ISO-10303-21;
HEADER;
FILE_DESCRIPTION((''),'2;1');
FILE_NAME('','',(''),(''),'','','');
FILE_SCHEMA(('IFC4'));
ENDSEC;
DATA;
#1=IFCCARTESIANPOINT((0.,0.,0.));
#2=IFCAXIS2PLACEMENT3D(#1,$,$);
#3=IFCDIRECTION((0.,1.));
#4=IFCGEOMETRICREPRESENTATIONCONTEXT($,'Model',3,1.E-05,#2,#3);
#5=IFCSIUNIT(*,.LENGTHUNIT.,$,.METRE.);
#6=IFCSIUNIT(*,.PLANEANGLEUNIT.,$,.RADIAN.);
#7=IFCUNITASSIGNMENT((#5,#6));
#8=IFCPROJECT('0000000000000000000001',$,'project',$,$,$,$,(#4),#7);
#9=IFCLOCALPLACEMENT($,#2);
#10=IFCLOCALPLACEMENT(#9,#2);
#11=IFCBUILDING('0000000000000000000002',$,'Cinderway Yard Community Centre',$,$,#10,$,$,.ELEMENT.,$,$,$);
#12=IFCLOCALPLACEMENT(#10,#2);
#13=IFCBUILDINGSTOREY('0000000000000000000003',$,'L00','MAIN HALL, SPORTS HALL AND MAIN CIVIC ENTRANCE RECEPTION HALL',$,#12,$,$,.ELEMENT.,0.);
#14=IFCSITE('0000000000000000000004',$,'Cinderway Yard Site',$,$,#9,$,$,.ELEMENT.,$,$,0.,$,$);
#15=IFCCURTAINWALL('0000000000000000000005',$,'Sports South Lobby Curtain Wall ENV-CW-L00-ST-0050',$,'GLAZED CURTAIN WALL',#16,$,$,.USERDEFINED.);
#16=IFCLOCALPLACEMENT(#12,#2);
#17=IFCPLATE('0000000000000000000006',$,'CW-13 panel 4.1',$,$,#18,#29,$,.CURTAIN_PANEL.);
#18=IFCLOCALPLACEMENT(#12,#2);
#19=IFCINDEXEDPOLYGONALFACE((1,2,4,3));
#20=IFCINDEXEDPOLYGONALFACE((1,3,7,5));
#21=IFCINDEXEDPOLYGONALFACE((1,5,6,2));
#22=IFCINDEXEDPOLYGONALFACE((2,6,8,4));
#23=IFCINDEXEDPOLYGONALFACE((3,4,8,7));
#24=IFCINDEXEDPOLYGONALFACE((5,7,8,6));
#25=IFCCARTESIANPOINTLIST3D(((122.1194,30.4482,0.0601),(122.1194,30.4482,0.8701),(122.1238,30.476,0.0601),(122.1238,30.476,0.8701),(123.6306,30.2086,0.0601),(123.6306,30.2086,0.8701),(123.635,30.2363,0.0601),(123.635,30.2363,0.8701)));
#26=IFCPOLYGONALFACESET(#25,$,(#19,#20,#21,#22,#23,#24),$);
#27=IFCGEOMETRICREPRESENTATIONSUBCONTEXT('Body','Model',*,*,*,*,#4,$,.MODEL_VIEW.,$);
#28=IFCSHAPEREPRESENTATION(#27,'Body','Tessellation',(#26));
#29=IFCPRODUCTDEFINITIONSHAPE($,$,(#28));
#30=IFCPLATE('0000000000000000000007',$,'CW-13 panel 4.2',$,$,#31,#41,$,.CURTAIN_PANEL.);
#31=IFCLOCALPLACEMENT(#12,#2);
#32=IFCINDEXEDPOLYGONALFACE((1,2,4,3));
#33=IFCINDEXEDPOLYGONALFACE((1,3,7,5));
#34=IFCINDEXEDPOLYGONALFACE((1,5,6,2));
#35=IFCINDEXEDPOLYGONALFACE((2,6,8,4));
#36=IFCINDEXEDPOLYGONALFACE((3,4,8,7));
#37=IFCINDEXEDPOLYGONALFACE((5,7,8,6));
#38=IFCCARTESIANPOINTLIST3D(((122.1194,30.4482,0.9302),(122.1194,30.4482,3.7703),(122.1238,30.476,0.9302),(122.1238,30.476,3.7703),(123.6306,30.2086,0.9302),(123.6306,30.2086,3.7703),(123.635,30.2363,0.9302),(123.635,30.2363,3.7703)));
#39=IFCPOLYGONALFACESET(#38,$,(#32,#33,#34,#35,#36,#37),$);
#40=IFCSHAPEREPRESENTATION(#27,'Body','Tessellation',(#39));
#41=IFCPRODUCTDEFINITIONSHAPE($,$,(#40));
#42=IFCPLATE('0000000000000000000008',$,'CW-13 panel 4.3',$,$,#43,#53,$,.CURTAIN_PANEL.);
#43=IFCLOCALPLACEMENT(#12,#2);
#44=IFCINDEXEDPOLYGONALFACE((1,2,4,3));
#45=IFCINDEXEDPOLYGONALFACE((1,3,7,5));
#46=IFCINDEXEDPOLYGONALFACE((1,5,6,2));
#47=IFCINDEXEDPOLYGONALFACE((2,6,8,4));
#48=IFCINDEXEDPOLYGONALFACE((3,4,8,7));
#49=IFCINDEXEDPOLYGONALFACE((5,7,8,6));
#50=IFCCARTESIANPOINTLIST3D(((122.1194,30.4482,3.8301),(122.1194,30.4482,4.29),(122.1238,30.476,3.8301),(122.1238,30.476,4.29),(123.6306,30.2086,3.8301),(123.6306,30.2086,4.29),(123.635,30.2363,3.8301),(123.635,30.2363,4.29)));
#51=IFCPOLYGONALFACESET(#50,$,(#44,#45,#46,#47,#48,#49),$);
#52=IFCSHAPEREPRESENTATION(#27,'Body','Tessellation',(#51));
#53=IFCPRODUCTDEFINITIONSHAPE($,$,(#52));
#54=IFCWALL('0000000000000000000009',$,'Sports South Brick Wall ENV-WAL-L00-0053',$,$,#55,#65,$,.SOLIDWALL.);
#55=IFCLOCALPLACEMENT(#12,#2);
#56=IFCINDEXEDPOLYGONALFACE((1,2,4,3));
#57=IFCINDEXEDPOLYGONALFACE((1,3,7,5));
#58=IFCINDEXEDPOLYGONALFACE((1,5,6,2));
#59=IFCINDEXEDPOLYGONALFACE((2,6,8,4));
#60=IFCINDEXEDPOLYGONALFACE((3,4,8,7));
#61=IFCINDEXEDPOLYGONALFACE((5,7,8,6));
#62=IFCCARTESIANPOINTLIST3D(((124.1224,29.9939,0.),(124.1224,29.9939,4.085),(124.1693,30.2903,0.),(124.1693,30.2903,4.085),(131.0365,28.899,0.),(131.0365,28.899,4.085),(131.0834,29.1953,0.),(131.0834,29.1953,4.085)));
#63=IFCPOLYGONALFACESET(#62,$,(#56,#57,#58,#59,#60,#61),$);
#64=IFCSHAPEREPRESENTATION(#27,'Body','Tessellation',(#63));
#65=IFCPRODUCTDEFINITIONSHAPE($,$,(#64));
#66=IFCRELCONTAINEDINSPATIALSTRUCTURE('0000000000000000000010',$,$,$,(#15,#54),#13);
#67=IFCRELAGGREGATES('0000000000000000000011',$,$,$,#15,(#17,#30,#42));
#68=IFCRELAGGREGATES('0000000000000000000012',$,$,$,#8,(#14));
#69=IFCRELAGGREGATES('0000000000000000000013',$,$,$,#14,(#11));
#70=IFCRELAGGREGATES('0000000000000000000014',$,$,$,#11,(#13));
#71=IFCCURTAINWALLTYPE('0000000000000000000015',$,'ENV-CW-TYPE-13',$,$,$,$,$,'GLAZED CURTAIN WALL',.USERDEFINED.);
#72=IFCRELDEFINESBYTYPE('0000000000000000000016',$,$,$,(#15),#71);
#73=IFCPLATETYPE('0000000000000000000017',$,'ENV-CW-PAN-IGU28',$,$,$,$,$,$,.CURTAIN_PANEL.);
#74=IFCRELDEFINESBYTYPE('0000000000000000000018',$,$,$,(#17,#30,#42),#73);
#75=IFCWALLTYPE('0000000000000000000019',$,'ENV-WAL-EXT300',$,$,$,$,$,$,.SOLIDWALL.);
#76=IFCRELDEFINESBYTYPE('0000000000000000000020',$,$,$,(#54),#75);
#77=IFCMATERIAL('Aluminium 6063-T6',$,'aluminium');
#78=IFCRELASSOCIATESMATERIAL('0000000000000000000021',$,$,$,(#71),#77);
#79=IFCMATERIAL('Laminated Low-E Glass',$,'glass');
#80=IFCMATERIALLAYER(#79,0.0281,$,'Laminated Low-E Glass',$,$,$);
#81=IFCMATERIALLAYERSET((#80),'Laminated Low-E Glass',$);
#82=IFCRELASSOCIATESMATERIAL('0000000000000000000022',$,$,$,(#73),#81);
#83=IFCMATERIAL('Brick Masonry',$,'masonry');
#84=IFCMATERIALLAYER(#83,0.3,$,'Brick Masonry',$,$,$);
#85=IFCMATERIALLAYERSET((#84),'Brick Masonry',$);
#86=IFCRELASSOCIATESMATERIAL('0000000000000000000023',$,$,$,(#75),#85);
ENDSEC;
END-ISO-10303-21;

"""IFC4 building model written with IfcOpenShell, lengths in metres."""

from ifc_helpers import new_model, si_unit, direction, frame, frame_2d, origin, origin_2d, place, context, subcontext, project, spatial, rectangle, extrude, material, layer, layer_set, type_object, element, aggregate, save


model = new_model("IFC4")

# Units and contexts
model_context = context("Model", 3, precision=1e-05, world=origin(), true_north=direction((0.0, 1.0)))
body_context = subcontext(model_context, "Body", "Model", "MODEL_VIEW")
ifc_project = project(units=[si_unit("LENGTHUNIT", "METRE"), si_unit("PLANEANGLEUNIT", "RADIAN")], contexts=[model_context])

# Site, building, storey
site_placement = place(None, origin())
site = spatial("IfcSite", under=ifc_project, at=site_placement, Name="Cinderway Yard Site", CompositionType="ELEMENT", RefElevation=0.0)
building_placement = place(site_placement, origin())
building = spatial("IfcBuilding", under=site, at=building_placement, Name="Cinderway Yard Community Centre", CompositionType="ELEMENT")
storey_placement = place(building_placement, origin())
storey = spatial("IfcBuildingStorey", under=building, at=storey_placement, Name="L00", Description="MAIN HALL, SPORTS HALL AND MAIN CIVIC ENTRANCE RECEPTION HALL", CompositionType="ELEMENT", Elevation=0.0)

# Curtain wall, plates
ifc_material_1 = material(Name="Aluminium 6063-T6", Category="aluminium")
curtain_wall_type = type_object("IfcCurtainWallType", Name="ENV-CW-TYPE-13", ElementType="GLAZED CURTAIN WALL", PredefinedType="USERDEFINED", material=ifc_material_1)
curtain_wall_placement = place(storey_placement, origin())
curtain_wall = element("IfcCurtainWall", 1, at=curtain_wall_placement, inside=storey, type_object=curtain_wall_type, Name="Sports South Lobby Curtain Wall ENV-CW-L00-ST-0050", ObjectType="GLAZED CURTAIN WALL", PredefinedType="USERDEFINED")
ifc_material_2 = material(Name="Laminated Low-E Glass", Category="glass")
ifc_layer_1 = layer(ifc_material_2, 0.0281, Name="Laminated Low-E Glass")
ifc_layer_set_1 = layer_set([ifc_layer_1], Name="Laminated Low-E Glass")
plate_type = type_object("IfcPlateType", Name="ENV-CW-PAN-IGU28", PredefinedType="CURTAIN_PANEL", material=ifc_layer_set_1)
plate_1_placement = place(storey_placement, frame((122.8772, 30.3423, 0.0601), z_axis=(0.0, 0.0, 1.0), x_axis=(0.987656, -0.156636, 0.0)))
plate_1 = element("IfcPlate", 2, at=plate_1_placement, type_object=plate_type, Name="CW-13 panel 4.1", PredefinedType="CURTAIN_PANEL", context=body_context, shape_type="SweptSolid", body=[
    extrude(rectangle(XDim=1.53, YDim=0.0281, at=origin_2d()), origin(), (0.0, 0.0, 1.0), 0.8101),
])
plate_2_placement = place(storey_placement, frame((122.8772, 30.3423, 0.9302), z_axis=(0.0, 0.0, 1.0), x_axis=(0.987656, -0.156636, 0.0)))
plate_2 = element("IfcPlate", 3, at=plate_2_placement, type_object=plate_type, Name="CW-13 panel 4.2", PredefinedType="CURTAIN_PANEL", context=body_context, shape_type="SweptSolid", body=[
    extrude(rectangle(XDim=1.53, YDim=0.0281, at=origin_2d()), origin(), (0.0, 0.0, 1.0), 2.8401),
])
plate_3_placement = place(storey_placement, frame((122.8772, 30.3423, 3.8301), z_axis=(0.0, 0.0, 1.0), x_axis=(0.987656, -0.156636, 0.0)))
plate_3 = element("IfcPlate", 4, at=plate_3_placement, type_object=plate_type, Name="CW-13 panel 4.3", PredefinedType="CURTAIN_PANEL", context=body_context, shape_type="SweptSolid", body=[
    extrude(rectangle(XDim=1.53, YDim=0.0281, at=origin_2d()), origin(), (0.0, 0.0, 1.0), 0.46),
])
aggregate(curtain_wall, [plate_1, plate_2, plate_3])

# Wall
ifc_material_3 = material(Name="Brick Masonry", Category="masonry")
ifc_layer_2 = layer(ifc_material_3, 0.3, Name="Brick Masonry")
ifc_layer_set_2 = layer_set([ifc_layer_2], Name="Brick Masonry")
wall_type = type_object("IfcWallType", Name="ENV-WAL-EXT300", PredefinedType="SOLIDWALL", material=ifc_layer_set_2)
wall_placement = place(storey_placement, frame((124.146, 30.1421, 0.0), z_axis=(0.0, 0.0, 1.0), x_axis=(0.987691, -0.156419, 0.0)))
element("IfcWall", 5, at=wall_placement, inside=storey, type_object=wall_type, Name="Sports South Brick Wall ENV-WAL-L00-0053", PredefinedType="SOLIDWALL", context=body_context, shape_type="SweptSolid", body=[
    extrude(rectangle(XDim=7.0002, YDim=0.3, at=frame_2d((3.5, 0.0))), origin(), (0.0, 0.0, 1.0), 4.085),
])

save(model, "model.ifc")
